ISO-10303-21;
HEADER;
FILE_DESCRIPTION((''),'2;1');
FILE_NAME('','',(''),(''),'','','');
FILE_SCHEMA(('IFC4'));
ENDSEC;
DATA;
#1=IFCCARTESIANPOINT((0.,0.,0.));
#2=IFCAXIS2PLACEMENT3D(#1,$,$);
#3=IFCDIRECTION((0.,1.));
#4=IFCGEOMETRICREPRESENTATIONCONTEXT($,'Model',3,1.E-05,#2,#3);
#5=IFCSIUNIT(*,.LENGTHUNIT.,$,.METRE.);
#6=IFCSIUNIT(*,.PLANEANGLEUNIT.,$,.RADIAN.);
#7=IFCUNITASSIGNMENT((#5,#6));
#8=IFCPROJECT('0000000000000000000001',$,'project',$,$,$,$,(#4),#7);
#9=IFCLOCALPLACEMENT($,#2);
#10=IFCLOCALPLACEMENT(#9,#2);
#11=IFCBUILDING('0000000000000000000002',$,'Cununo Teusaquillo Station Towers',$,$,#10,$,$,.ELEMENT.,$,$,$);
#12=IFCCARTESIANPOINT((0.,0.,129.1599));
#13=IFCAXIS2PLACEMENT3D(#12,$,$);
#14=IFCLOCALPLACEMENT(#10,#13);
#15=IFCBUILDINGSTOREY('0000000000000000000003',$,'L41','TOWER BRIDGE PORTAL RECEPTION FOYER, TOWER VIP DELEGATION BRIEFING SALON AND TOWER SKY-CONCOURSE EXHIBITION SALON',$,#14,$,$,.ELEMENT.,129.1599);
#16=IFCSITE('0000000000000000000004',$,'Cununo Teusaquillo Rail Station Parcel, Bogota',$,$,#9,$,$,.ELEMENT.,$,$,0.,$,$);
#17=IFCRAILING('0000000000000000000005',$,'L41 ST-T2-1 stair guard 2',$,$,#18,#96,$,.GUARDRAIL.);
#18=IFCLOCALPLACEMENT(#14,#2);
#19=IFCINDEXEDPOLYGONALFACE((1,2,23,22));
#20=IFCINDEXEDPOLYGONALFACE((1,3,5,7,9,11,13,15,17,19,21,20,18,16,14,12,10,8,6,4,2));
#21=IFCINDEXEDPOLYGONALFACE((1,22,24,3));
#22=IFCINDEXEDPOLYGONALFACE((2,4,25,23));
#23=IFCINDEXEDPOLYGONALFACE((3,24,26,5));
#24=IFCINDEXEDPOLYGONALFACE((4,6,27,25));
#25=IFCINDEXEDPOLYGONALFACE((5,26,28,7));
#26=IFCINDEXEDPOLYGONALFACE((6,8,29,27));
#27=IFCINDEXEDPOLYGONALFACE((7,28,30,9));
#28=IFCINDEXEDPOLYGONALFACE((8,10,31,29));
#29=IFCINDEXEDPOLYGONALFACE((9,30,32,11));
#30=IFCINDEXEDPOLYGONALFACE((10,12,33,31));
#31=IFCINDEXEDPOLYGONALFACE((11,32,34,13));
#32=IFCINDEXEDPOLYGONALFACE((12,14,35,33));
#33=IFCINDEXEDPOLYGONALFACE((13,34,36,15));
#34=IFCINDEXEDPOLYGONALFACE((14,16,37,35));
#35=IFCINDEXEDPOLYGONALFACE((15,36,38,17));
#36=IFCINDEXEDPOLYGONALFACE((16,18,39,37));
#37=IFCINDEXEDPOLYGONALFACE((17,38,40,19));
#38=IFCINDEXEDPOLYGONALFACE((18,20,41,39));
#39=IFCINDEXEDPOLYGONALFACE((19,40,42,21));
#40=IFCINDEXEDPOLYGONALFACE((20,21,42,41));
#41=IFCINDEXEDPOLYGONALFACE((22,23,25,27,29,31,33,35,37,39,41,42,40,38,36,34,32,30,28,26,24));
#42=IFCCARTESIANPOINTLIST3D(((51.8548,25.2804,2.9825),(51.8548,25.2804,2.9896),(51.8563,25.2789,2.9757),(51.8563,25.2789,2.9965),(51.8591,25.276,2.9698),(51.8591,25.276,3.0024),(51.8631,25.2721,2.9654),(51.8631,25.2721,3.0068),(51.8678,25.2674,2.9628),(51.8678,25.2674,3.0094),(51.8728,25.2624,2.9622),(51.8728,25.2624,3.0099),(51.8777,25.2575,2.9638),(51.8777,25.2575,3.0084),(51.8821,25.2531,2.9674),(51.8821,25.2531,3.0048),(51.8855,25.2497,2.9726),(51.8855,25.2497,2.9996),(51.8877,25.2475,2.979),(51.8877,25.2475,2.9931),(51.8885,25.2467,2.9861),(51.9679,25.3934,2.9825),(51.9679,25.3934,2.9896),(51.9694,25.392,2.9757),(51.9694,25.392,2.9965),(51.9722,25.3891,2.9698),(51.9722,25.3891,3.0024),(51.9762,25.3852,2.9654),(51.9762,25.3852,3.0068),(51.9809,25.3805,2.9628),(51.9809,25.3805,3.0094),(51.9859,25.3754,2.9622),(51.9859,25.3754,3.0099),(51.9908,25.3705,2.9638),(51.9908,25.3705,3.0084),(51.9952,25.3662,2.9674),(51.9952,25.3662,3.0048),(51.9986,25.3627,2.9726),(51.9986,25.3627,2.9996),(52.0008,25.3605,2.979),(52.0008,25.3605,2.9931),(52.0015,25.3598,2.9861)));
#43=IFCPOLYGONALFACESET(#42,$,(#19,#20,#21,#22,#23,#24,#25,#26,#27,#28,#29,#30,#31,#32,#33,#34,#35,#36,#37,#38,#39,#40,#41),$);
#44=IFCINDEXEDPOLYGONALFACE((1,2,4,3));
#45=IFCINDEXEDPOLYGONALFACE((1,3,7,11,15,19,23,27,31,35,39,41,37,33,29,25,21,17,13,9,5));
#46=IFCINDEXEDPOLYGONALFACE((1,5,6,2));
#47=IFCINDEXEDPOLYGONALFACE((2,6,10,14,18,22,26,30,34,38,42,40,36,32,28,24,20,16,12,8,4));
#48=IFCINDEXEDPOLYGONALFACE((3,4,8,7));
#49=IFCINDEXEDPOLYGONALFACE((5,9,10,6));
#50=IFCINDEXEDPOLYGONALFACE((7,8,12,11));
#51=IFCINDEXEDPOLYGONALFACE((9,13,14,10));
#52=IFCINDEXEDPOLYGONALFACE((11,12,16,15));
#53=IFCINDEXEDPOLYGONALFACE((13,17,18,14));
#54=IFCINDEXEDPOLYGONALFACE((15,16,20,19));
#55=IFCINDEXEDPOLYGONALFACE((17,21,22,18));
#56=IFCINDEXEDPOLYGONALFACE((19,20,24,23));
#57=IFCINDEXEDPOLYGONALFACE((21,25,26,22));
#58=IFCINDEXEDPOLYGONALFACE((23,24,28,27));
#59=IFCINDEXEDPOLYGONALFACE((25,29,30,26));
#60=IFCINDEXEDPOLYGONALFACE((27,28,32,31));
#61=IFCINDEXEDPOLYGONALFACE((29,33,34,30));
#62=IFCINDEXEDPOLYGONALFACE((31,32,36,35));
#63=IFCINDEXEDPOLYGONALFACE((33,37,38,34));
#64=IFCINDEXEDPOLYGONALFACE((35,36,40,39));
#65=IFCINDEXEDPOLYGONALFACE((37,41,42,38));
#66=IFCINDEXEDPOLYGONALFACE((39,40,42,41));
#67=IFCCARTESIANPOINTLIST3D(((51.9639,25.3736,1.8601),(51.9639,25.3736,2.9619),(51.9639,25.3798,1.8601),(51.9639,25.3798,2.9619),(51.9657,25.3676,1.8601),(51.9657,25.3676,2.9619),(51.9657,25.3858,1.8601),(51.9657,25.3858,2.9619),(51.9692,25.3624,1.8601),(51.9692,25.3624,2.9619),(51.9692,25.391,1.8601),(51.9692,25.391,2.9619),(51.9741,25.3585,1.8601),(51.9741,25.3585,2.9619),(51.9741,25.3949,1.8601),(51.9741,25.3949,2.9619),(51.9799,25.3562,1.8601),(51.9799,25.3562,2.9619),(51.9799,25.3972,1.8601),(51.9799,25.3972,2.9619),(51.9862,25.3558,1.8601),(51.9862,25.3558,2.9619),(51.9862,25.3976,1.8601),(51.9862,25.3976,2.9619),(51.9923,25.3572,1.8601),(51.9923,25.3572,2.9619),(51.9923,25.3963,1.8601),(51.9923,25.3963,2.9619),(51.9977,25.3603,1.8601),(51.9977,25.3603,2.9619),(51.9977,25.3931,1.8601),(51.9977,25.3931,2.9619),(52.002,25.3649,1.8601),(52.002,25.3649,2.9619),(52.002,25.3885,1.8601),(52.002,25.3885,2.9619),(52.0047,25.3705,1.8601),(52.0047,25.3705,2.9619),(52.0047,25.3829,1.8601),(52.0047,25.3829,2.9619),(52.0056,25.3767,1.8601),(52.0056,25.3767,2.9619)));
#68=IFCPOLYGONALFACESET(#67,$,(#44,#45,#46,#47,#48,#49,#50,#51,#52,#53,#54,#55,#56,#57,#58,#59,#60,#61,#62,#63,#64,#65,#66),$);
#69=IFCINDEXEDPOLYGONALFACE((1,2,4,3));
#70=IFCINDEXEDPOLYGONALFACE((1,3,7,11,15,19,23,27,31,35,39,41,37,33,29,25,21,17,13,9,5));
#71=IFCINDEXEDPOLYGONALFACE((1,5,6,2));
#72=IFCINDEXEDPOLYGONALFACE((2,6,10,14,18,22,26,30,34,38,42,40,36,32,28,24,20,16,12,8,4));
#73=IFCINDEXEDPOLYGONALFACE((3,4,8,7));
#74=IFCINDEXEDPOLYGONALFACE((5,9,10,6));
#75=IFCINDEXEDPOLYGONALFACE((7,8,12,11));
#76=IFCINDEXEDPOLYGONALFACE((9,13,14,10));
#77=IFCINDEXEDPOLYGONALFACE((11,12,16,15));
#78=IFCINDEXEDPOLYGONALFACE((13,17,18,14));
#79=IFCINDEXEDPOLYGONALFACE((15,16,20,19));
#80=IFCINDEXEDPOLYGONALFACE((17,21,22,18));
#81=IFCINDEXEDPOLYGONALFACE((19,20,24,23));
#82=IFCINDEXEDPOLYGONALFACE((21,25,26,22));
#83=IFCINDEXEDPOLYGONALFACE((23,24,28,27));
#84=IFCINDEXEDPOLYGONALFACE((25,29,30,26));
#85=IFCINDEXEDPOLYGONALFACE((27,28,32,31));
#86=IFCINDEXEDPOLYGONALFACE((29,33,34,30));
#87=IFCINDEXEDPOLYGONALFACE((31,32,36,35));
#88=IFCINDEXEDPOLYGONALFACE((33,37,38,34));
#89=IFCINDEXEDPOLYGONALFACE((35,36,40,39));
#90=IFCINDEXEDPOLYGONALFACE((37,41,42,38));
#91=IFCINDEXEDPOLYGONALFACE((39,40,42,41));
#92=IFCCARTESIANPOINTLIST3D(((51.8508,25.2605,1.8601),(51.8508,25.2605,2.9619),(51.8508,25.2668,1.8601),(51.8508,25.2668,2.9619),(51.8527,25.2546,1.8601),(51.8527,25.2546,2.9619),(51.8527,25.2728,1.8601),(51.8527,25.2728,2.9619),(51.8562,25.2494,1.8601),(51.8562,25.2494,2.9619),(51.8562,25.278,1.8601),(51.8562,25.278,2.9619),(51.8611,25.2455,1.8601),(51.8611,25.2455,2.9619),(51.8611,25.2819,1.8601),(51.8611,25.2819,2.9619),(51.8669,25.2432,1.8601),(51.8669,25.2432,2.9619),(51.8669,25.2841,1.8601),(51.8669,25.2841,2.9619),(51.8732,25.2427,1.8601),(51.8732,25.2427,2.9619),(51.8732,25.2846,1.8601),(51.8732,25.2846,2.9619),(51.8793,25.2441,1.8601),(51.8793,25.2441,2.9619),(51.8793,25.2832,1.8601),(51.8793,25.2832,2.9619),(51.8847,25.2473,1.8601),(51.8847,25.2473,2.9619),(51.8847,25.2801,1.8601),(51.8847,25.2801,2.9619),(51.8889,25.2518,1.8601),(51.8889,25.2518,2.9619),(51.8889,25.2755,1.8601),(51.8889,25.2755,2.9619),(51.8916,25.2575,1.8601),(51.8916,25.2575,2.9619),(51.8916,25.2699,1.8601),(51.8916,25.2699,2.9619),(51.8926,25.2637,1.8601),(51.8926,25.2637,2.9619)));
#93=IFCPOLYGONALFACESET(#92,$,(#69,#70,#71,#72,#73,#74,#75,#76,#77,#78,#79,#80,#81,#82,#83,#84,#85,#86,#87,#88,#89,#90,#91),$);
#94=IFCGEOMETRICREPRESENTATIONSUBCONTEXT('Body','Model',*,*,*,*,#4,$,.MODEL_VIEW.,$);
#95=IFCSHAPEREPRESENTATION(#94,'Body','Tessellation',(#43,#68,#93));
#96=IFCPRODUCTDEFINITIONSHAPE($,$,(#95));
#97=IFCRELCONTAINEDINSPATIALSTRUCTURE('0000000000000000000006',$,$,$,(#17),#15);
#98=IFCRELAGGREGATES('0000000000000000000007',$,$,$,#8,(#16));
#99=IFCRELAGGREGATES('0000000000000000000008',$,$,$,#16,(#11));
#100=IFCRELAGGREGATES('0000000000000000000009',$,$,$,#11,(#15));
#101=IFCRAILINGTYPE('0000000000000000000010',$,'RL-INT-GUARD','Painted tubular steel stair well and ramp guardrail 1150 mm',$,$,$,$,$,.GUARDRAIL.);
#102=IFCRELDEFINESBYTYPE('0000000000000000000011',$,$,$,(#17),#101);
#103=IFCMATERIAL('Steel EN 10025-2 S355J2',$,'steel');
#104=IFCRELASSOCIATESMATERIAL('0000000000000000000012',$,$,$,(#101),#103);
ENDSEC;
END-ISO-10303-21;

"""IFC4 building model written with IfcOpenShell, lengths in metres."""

from ifc_helpers import new_model, si_unit, direction, frame, origin, origin_2d, place, context, subcontext, project, spatial, circle, extrude, material, type_object, element, save


model = new_model("IFC4")

# Units and contexts
model_context = context("Model", 3, precision=1e-05, world=origin(), true_north=direction((0.0, 1.0)))
body_context = subcontext(model_context, "Body", "Model", "MODEL_VIEW")
ifc_project = project(units=[si_unit("LENGTHUNIT", "METRE"), si_unit("PLANEANGLEUNIT", "RADIAN")], contexts=[model_context])

# Site, building, storey
site_placement = place(None, origin())
site = spatial("IfcSite", under=ifc_project, at=site_placement, Name="Cununo Teusaquillo Rail Station Parcel, Bogota", CompositionType="ELEMENT", RefElevation=0.0)
building_placement = place(site_placement, origin())
building = spatial("IfcBuilding", under=site, at=building_placement, Name="Cununo Teusaquillo Station Towers", CompositionType="ELEMENT")
storey_placement = place(building_placement, frame((0.0, 0.0, 129.1599)))
storey = spatial("IfcBuildingStorey", under=building, at=storey_placement, Name="L41", Description="TOWER BRIDGE PORTAL RECEPTION FOYER, TOWER VIP DELEGATION BRIEFING SALON AND TOWER SKY-CONCOURSE EXHIBITION SALON", CompositionType="ELEMENT", Elevation=129.1599)

# Railing
ifc_material_1 = material(Name="Steel EN 10025-2 S355J2", Category="steel")
railing_type_1 = type_object("IfcRailingType", Name="RL-INT-GUARD", Description="Painted tubular steel stair well and ramp guardrail 1150 mm", PredefinedType="GUARDRAIL", material=ifc_material_1)
railing_1_placement = place(storey_placement, frame((51.9846, 25.3767, 1.8601)))
element("IfcRailing", 1, at=railing_1_placement, inside=storey, type_object=railing_type_1, Name="L41 ST-T2-1 stair guard 2", PredefinedType="GUARDRAIL", context=body_context, shape_type="SweptSolid", body=[
    extrude(circle(Radius=0.0239, at=origin_2d()), frame((0.0, 0.0, 1.126), z_axis=(-0.707107, -0.707107, 0.0), x_axis=(0.707107, -0.707107, 0.0)), (0.0, 0.0, 1.0), 0.1599),
    extrude(circle(Radius=0.021, at=origin_2d()), origin(), (0.0, 0.0, 1.0), 1.1018),
    extrude(circle(Radius=0.021, at=origin_2d()), frame((-0.113, -0.113, 0.0)), (0.0, 0.0, 1.0), 1.1018),
])

save(model, "model.ifc")
